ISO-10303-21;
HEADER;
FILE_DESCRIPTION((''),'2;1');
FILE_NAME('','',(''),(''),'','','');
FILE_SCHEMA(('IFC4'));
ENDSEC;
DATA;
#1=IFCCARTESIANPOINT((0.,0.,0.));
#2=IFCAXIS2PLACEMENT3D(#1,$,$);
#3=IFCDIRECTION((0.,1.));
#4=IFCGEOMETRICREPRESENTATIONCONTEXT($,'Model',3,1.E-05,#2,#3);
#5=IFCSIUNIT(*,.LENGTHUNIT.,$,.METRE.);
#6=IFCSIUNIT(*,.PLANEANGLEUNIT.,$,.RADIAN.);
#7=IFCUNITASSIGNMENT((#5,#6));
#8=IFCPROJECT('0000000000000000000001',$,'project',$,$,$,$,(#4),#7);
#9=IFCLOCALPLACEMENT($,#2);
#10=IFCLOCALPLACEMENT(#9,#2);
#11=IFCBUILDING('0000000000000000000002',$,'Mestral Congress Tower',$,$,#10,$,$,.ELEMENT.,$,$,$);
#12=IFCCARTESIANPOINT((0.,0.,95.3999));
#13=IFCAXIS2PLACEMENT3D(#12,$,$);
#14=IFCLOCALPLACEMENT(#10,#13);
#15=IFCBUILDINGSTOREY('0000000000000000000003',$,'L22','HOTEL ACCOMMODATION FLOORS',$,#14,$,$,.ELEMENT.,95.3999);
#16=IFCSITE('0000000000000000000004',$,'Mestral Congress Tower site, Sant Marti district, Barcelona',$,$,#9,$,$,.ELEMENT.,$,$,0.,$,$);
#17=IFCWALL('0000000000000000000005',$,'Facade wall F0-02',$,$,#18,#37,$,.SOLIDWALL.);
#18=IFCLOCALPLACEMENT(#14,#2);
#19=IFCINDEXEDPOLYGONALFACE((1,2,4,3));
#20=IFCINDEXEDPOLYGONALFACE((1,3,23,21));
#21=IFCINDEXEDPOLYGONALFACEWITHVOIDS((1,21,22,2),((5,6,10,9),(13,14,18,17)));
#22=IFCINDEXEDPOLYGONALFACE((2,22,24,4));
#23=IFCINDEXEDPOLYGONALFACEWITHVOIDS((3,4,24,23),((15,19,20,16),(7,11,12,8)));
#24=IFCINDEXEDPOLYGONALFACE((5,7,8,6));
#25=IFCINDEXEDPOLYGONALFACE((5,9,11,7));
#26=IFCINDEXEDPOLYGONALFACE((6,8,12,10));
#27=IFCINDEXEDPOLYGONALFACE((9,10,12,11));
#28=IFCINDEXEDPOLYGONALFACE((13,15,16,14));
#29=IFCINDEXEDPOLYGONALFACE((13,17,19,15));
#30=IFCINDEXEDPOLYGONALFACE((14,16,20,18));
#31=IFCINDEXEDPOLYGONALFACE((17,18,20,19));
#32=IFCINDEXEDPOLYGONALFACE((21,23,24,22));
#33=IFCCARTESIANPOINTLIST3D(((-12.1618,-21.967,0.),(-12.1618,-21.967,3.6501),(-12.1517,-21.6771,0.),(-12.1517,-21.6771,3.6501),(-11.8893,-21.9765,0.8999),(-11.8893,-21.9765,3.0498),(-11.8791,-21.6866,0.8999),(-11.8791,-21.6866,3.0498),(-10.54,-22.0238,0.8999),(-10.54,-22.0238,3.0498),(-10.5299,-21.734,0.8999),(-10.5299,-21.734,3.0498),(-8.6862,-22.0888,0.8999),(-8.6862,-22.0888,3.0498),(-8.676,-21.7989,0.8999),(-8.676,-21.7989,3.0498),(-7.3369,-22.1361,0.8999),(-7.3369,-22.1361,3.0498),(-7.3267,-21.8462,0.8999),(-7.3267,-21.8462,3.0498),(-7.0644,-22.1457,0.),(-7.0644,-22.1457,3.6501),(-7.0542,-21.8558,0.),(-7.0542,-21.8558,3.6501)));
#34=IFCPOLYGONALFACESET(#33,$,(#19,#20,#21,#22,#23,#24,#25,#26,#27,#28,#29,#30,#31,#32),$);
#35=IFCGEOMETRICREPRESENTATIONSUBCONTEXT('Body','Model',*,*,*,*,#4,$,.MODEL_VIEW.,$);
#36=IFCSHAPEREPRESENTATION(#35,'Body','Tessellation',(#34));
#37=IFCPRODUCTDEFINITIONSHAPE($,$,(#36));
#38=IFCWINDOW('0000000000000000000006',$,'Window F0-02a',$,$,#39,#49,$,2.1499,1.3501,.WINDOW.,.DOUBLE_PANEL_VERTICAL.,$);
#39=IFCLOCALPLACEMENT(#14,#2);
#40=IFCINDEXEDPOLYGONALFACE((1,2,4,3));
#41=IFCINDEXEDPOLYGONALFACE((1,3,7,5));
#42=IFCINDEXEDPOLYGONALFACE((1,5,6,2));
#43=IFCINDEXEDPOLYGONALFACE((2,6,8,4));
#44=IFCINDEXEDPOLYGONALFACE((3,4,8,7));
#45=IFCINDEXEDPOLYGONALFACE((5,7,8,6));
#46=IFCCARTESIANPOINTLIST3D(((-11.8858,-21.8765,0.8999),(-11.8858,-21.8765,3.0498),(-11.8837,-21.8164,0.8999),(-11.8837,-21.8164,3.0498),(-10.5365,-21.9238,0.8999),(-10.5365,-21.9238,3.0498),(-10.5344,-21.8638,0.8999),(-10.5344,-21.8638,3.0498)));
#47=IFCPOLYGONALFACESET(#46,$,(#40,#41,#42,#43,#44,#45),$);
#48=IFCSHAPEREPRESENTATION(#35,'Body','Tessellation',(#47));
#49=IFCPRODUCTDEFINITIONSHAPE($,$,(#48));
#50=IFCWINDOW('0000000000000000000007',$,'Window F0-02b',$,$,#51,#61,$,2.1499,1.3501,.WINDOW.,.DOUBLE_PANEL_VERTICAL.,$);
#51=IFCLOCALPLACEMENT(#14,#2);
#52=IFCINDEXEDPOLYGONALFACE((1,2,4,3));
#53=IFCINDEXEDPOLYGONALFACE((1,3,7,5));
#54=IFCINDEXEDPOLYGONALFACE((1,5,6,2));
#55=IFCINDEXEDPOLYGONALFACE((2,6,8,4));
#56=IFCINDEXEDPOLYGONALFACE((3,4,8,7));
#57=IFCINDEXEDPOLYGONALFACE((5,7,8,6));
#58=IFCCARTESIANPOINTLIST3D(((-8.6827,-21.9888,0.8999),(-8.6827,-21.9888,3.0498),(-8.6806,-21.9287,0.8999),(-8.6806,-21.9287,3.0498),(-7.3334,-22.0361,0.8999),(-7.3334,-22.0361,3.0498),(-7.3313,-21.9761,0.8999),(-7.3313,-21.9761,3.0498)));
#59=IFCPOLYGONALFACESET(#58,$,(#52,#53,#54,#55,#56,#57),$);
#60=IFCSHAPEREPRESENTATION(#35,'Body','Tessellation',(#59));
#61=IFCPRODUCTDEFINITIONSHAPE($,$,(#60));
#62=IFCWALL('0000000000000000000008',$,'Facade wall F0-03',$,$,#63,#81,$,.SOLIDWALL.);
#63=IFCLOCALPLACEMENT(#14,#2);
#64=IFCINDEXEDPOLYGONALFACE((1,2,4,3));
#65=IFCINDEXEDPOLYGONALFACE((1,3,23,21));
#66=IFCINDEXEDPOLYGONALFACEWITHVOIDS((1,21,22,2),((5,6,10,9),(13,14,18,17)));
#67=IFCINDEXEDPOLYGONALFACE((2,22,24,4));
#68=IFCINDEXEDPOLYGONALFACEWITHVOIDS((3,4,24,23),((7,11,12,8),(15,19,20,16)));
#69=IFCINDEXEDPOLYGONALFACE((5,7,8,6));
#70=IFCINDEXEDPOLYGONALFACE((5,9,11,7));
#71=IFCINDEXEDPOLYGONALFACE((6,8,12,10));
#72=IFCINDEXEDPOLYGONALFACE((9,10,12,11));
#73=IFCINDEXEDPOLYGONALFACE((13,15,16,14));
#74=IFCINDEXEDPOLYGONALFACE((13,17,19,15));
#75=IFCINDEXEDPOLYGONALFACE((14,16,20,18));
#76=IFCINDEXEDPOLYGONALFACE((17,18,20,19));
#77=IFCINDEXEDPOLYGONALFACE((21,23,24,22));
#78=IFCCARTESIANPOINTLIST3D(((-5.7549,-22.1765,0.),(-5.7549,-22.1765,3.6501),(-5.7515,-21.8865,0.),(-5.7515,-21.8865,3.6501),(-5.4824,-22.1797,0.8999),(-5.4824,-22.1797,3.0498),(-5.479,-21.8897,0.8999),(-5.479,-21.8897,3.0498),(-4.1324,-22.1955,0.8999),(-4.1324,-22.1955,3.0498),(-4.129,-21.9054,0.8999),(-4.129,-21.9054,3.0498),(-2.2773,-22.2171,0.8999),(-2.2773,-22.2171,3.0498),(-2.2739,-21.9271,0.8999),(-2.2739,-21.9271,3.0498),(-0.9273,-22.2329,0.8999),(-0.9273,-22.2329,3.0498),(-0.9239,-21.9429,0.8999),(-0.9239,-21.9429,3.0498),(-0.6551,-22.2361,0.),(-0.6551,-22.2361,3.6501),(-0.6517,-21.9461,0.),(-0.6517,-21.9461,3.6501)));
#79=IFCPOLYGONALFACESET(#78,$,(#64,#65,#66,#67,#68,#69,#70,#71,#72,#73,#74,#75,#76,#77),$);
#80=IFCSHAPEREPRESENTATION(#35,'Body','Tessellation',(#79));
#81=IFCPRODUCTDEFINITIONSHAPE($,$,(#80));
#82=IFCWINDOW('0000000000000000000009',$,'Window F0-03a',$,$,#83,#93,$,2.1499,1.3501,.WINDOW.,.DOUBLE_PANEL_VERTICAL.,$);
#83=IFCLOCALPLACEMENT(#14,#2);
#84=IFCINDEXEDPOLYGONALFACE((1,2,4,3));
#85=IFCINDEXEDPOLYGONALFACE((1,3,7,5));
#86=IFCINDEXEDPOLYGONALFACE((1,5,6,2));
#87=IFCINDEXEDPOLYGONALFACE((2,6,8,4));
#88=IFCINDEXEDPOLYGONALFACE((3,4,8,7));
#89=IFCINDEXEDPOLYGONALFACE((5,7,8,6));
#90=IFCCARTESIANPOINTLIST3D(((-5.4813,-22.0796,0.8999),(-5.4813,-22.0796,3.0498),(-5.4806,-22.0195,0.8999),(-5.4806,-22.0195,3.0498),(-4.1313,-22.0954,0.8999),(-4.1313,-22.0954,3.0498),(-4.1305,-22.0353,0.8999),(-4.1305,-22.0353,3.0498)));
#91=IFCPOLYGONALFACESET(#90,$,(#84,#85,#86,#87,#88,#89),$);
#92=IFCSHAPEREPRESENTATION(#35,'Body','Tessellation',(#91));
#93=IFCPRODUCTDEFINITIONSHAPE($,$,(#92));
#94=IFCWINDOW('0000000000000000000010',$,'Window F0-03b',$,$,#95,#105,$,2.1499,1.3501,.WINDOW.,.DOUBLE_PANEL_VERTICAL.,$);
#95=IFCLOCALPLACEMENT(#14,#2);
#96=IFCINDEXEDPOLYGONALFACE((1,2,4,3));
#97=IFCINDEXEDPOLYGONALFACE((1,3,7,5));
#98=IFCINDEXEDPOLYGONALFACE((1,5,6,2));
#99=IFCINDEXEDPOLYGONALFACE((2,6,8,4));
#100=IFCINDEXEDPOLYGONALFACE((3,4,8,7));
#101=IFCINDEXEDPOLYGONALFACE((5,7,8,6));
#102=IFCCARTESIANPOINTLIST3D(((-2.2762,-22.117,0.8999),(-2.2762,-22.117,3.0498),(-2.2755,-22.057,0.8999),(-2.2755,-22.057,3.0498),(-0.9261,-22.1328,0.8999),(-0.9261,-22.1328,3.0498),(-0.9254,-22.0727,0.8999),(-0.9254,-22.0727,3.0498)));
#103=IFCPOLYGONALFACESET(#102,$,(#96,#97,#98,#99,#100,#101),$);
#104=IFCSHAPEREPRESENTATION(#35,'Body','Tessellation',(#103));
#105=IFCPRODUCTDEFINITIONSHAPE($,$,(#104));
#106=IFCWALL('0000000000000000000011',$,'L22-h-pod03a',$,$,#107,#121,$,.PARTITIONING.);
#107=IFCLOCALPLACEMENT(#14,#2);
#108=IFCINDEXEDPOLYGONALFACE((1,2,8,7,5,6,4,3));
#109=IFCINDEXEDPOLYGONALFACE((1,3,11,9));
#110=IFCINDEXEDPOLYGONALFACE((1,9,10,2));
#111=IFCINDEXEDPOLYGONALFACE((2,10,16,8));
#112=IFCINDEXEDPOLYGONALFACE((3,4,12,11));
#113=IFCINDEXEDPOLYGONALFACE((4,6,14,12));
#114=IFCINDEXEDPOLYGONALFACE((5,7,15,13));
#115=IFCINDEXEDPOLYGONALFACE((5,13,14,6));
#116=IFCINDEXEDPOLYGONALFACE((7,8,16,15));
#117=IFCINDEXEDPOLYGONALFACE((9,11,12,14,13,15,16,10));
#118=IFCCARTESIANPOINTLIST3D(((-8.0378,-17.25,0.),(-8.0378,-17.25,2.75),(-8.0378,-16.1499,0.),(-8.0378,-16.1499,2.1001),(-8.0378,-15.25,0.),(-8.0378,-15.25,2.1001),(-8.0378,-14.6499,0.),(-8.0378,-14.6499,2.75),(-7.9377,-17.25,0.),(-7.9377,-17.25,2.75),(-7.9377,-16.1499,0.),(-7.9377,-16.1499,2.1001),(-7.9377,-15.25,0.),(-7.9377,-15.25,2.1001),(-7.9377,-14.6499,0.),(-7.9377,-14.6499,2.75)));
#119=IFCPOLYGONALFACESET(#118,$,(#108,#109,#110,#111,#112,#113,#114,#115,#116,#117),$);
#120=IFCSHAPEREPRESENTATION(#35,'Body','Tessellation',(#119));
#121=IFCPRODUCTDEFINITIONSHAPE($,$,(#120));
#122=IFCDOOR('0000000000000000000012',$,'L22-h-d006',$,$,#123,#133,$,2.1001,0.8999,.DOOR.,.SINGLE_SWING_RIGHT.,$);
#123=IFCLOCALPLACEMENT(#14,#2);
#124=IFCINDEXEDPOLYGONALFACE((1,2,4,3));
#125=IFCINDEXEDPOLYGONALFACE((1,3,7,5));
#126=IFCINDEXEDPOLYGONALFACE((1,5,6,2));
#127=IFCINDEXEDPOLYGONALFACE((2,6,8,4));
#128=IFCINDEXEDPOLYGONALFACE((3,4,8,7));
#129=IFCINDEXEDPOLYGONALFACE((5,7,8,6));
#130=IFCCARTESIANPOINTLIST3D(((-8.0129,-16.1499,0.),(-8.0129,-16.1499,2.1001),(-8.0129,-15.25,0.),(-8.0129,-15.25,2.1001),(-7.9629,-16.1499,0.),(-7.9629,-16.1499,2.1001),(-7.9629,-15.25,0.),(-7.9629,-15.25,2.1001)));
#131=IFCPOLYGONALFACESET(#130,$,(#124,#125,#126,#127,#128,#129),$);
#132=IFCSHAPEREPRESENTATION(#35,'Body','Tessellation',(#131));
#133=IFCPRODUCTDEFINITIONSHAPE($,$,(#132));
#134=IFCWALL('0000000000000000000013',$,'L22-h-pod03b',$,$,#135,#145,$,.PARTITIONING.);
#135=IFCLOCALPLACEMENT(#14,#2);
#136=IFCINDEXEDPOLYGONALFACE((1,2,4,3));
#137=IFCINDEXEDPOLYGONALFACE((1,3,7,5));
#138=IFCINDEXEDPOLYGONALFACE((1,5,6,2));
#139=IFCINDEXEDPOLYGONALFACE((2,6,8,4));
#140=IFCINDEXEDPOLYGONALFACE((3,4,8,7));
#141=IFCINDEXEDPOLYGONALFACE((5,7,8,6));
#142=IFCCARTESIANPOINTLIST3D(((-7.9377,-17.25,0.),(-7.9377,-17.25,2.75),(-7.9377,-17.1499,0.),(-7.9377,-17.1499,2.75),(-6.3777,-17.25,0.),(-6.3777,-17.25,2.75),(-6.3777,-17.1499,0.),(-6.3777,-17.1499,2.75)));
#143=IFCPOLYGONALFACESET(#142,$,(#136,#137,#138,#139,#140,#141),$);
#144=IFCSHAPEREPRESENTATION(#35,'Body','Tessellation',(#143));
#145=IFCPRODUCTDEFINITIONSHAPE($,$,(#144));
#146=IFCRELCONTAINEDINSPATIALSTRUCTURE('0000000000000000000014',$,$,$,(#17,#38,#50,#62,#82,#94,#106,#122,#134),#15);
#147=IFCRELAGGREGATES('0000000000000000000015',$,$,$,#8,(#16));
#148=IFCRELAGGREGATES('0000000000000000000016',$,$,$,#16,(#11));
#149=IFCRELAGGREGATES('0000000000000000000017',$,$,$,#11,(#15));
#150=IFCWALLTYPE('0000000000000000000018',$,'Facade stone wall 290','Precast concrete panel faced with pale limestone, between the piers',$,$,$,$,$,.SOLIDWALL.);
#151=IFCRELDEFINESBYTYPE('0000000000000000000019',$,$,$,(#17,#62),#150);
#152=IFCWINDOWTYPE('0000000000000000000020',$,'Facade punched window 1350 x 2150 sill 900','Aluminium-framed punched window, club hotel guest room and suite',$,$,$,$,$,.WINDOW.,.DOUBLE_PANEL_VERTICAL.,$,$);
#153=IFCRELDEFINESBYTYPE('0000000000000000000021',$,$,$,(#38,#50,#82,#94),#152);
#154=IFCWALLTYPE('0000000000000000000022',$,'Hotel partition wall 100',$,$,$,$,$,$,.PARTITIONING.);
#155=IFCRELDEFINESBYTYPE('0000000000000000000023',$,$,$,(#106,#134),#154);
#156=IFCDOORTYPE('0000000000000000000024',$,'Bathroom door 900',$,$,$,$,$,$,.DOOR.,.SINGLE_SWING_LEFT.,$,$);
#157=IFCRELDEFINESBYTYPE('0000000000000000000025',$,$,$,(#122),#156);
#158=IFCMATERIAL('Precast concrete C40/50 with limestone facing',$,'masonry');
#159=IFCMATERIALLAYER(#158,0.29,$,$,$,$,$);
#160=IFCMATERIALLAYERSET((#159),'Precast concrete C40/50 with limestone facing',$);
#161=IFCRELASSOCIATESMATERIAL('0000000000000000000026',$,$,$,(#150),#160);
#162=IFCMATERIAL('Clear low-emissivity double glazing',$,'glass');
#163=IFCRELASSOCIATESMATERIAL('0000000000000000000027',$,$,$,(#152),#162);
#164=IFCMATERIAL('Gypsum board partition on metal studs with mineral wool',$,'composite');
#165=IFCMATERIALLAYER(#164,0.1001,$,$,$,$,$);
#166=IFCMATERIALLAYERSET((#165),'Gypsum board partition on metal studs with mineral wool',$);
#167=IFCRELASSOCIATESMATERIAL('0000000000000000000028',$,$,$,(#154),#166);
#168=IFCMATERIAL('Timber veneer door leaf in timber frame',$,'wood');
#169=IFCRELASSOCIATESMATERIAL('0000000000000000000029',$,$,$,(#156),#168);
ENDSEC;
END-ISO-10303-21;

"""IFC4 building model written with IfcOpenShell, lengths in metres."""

from ifc_helpers import new_model, si_unit, direction, frame, frame_2d, origin, place, context, subcontext, project, spatial, rectangle, extrude, material, layer, layer_set, type_object, element, fill, save


model = new_model("IFC4")

# Units and contexts
model_context = context("Model", 3, precision=1e-05, world=origin(), true_north=direction((0.0, 1.0)))
body_context = subcontext(model_context, "Body", "Model", "MODEL_VIEW")
ifc_project = project(units=[si_unit("LENGTHUNIT", "METRE"), si_unit("PLANEANGLEUNIT", "RADIAN")], contexts=[model_context])

# Site, building, storey
site_placement = place(None, origin())
site = spatial("IfcSite", under=ifc_project, at=site_placement, Name="Mestral Congress Tower site, Sant Marti district, Barcelona", CompositionType="ELEMENT", RefElevation=0.0)
building_placement = place(site_placement, origin())
building = spatial("IfcBuilding", under=site, at=building_placement, Name="Mestral Congress Tower", CompositionType="ELEMENT")
storey_placement = place(building_placement, frame((0.0, 0.0, 95.3999)))
storey = spatial("IfcBuildingStorey", under=building, at=storey_placement, Name="L22", Description="HOTEL ACCOMMODATION FLOORS", CompositionType="ELEMENT", Elevation=95.3999)

# Walls, openings, windows
ifc_material_1 = material(Name="Precast concrete C40/50 with limestone facing", Category="masonry")
ifc_layer_1 = layer(ifc_material_1, 0.29)
ifc_layer_set_1 = layer_set([ifc_layer_1], Name="Precast concrete C40/50 with limestone facing")
wall_type_1 = type_object("IfcWallType", Name="Facade stone wall 290", Description="Precast concrete panel faced with pale limestone, between the piers", PredefinedType="SOLIDWALL", material=ifc_layer_set_1)
wall_1_placement = place(storey_placement, frame((-12.1567, -21.822, 0.0), z_axis=(0.0, 0.0, 1.0), x_axis=(0.999386, -0.035038, 0.0)))
wall_1 = element("IfcWall", 1, at=wall_1_placement, inside=storey, type_object=wall_type_1, Name="Facade wall F0-02", PredefinedType="SOLIDWALL", context=body_context, shape_type="SweptSolid", body=[
    extrude(rectangle(XDim=5.1006, YDim=0.29, at=frame_2d((2.5503, 0.0))), origin(), (0.0, 0.0, 1.0), 3.6501),
])
opening_1_placement = place(wall_1_placement, frame((0.2727, 0.0, 0.8999)))
opening_1 = element("IfcOpeningElement", 2, at=opening_1_placement, cuts=wall_1, PredefinedType="OPENING", context=body_context, shape_type="SweptSolid", body=[
    extrude(rectangle(XDim=1.3501, YDim=2.1499, at=frame_2d((0.675, 1.075))), frame((0.0, 0.155, 0.0), z_axis=(0.0, -1.0, 0.0), x_axis=(1.0, 0.0, 0.0)), (0.0, 0.0, 1.0), 0.3101),
])
opening_2_placement = place(wall_1_placement, frame((3.4778, 0.0, 0.8999)))
opening_2 = element("IfcOpeningElement", 3, at=opening_2_placement, cuts=wall_1, PredefinedType="OPENING", context=body_context, shape_type="SweptSolid", body=[
    extrude(rectangle(XDim=1.3501, YDim=2.1499, at=frame_2d((0.675, 1.075))), frame((0.0, 0.155, 0.0), z_axis=(0.0, -1.0, 0.0), x_axis=(1.0, 0.0, 0.0)), (0.0, 0.0, 1.0), 0.3101),
])
ifc_material_2 = material(Name="Clear low-emissivity double glazing", Category="glass")
window_type = type_object("IfcWindowType", Name="Facade punched window 1350 x 2150 sill 900", Description="Aluminium-framed punched window, club hotel guest room and suite", PartitioningType="DOUBLE_PANEL_VERTICAL", PredefinedType="WINDOW", material=ifc_material_2)
window_1_placement = place(opening_1_placement, origin())
window_1 = element("IfcWindow", 4, at=window_1_placement, inside=storey, type_object=window_type, Name="Window F0-02a", OverallHeight=2.1499, OverallWidth=1.3501, PartitioningType="DOUBLE_PANEL_VERTICAL", PredefinedType="WINDOW", context=body_context, shape_type="SweptSolid", body=[
    extrude(rectangle(XDim=1.3501, YDim=2.1499, at=frame_2d((0.675, 1.075))), frame((0.0, 0.0151, 0.0), z_axis=(0.0, -1.0, 0.0), x_axis=(1.0, 0.0, 0.0)), (0.0, 0.0, 1.0), 0.0601),
])
fill(opening_1, window_1)
window_2_placement = place(opening_2_placement, origin())
window_2 = element("IfcWindow", 5, at=window_2_placement, inside=storey, type_object=window_type, Name="Window F0-02b", OverallHeight=2.1499, OverallWidth=1.3501, PartitioningType="DOUBLE_PANEL_VERTICAL", PredefinedType="WINDOW", context=body_context, shape_type="SweptSolid", body=[
    extrude(rectangle(XDim=1.3501, YDim=2.1499, at=frame_2d((0.675, 1.075))), frame((0.0, 0.0151, 0.0), z_axis=(0.0, -1.0, 0.0), x_axis=(1.0, 0.0, 0.0)), (0.0, 0.0, 1.0), 0.0601),
])
fill(opening_2, window_2)
wall_2_placement = place(storey_placement, frame((-5.7532, -22.0315, 0.0), z_axis=(0.0, 0.0, 1.0), x_axis=(0.999932, -0.01168, 0.0)))
wall_2 = element("IfcWall", 6, at=wall_2_placement, inside=storey, type_object=wall_type_1, Name="Facade wall F0-03", PredefinedType="SOLIDWALL", context=body_context, shape_type="SweptSolid", body=[
    extrude(rectangle(XDim=5.1001, YDim=0.29, at=frame_2d((2.55, 0.0))), origin(), (0.0, 0.0, 1.0), 3.6501),
])
opening_3_placement = place(wall_2_placement, frame((0.2725, 0.0, 0.8999)))
opening_3 = element("IfcOpeningElement", 7, at=opening_3_placement, cuts=wall_2, PredefinedType="OPENING", context=body_context, shape_type="SweptSolid", body=[
    extrude(rectangle(XDim=1.3501, YDim=2.1499, at=frame_2d((0.675, 1.075))), frame((0.0, 0.155, 0.0), z_axis=(0.0, -1.0, 0.0), x_axis=(1.0, 0.0, 0.0)), (0.0, 0.0, 1.0), 0.3101),
])
opening_4_placement = place(wall_2_placement, frame((3.4778, 0.0, 0.8999)))
opening_4 = element("IfcOpeningElement", 8, at=opening_4_placement, cuts=wall_2, PredefinedType="OPENING", context=body_context, shape_type="SweptSolid", body=[
    extrude(rectangle(XDim=1.3501, YDim=2.1499, at=frame_2d((0.675, 1.075))), frame((0.0, 0.155, 0.0), z_axis=(0.0, -1.0, 0.0), x_axis=(1.0, 0.0, 0.0)), (0.0, 0.0, 1.0), 0.3101),
])
window_3_placement = place(opening_3_placement, origin())
window_3 = element("IfcWindow", 9, at=window_3_placement, inside=storey, type_object=window_type, Name="Window F0-03a", OverallHeight=2.1499, OverallWidth=1.3501, PartitioningType="DOUBLE_PANEL_VERTICAL", PredefinedType="WINDOW", context=body_context, shape_type="SweptSolid", body=[
    extrude(rectangle(XDim=1.3501, YDim=2.1499, at=frame_2d((0.675, 1.075))), frame((0.0, 0.0151, 0.0), z_axis=(0.0, -1.0, 0.0), x_axis=(1.0, 0.0, 0.0)), (0.0, 0.0, 1.0), 0.0601),
])
fill(opening_3, window_3)
window_4_placement = place(opening_4_placement, origin())
window_4 = element("IfcWindow", 10, at=window_4_placement, inside=storey, type_object=window_type, Name="Window F0-03b", OverallHeight=2.1499, OverallWidth=1.3501, PartitioningType="DOUBLE_PANEL_VERTICAL", PredefinedType="WINDOW", context=body_context, shape_type="SweptSolid", body=[
    extrude(rectangle(XDim=1.3501, YDim=2.1499, at=frame_2d((0.675, 1.075))), frame((0.0, 0.0151, 0.0), z_axis=(0.0, -1.0, 0.0), x_axis=(1.0, 0.0, 0.0)), (0.0, 0.0, 1.0), 0.0601),
])
fill(opening_4, window_4)

# Wall, opening, door
ifc_material_3 = material(Name="Gypsum board partition on metal studs with mineral wool", Category="composite")
ifc_layer_2 = layer(ifc_material_3, 0.1001)
ifc_layer_set_2 = layer_set([ifc_layer_2], Name="Gypsum board partition on metal studs with mineral wool")
wall_type_2 = type_object("IfcWallType", Name="Hotel partition wall 100", PredefinedType="PARTITIONING", material=ifc_layer_set_2)
wall_3_placement = place(storey_placement, frame((-7.9878, -14.6499, 0.0), z_axis=(0.0, 0.0, 1.0), x_axis=(0.0, -1.0, 0.0)))
wall_3 = element("IfcWall", 11, at=wall_3_placement, inside=storey, type_object=wall_type_2, Name="L22-h-pod03a", PredefinedType="PARTITIONING", context=body_context, shape_type="SweptSolid", body=[
    extrude(rectangle(XDim=2.6001, YDim=0.1001, at=frame_2d((1.3, 0.0))), origin(), (0.0, 0.0, 1.0), 2.75),
])
opening_5_placement = place(wall_3_placement, frame((0.6001, 0.0, 0.0)))
opening_5 = element("IfcOpeningElement", 12, at=opening_5_placement, cuts=wall_3, PredefinedType="OPENING", context=body_context, shape_type="SweptSolid", body=[
    extrude(rectangle(XDim=0.8999, YDim=2.1001, at=frame_2d((0.45, 1.05))), frame((0.0, 0.0601, 0.0), z_axis=(0.0, -1.0, 0.0), x_axis=(1.0, 0.0, 0.0)), (0.0, 0.0, 1.0), 0.1201),
])
ifc_material_4 = material(Name="Timber veneer door leaf in timber frame", Category="wood")
door_type_1 = type_object("IfcDoorType", Name="Bathroom door 900", OperationType="SINGLE_SWING_LEFT", PredefinedType="DOOR", material=ifc_material_4)
door_1_placement = place(opening_5_placement, origin())
door_1 = element("IfcDoor", 13, at=door_1_placement, inside=storey, type_object=door_type_1, Name="L22-h-d006", OperationType="SINGLE_SWING_RIGHT", OverallHeight=2.1001, OverallWidth=0.8999, PredefinedType="DOOR", context=body_context, shape_type="SweptSolid", body=[
    extrude(rectangle(XDim=0.8999, YDim=2.1001, at=frame_2d((0.45, 1.05))), frame((0.0, 0.0249, 0.0), z_axis=(0.0, -1.0, 0.0), x_axis=(1.0, 0.0, 0.0)), (0.0, 0.0, 1.0), 0.05),
])
fill(opening_5, door_1)

# Wall
wall_4_placement = place(storey_placement, frame((-7.9377, -17.2, 0.0), z_axis=(0.0, 0.0, 1.0), x_axis=(1.0, 0.0, 0.0)))
element("IfcWall", 14, at=wall_4_placement, inside=storey, type_object=wall_type_2, Name="L22-h-pod03b", PredefinedType="PARTITIONING", context=body_context, shape_type="SweptSolid", body=[
    extrude(rectangle(XDim=1.5601, YDim=0.1001, at=frame_2d((0.78, 0.0))), origin(), (0.0, 0.0, 1.0), 2.75),
])

save(model, "model.ifc")
